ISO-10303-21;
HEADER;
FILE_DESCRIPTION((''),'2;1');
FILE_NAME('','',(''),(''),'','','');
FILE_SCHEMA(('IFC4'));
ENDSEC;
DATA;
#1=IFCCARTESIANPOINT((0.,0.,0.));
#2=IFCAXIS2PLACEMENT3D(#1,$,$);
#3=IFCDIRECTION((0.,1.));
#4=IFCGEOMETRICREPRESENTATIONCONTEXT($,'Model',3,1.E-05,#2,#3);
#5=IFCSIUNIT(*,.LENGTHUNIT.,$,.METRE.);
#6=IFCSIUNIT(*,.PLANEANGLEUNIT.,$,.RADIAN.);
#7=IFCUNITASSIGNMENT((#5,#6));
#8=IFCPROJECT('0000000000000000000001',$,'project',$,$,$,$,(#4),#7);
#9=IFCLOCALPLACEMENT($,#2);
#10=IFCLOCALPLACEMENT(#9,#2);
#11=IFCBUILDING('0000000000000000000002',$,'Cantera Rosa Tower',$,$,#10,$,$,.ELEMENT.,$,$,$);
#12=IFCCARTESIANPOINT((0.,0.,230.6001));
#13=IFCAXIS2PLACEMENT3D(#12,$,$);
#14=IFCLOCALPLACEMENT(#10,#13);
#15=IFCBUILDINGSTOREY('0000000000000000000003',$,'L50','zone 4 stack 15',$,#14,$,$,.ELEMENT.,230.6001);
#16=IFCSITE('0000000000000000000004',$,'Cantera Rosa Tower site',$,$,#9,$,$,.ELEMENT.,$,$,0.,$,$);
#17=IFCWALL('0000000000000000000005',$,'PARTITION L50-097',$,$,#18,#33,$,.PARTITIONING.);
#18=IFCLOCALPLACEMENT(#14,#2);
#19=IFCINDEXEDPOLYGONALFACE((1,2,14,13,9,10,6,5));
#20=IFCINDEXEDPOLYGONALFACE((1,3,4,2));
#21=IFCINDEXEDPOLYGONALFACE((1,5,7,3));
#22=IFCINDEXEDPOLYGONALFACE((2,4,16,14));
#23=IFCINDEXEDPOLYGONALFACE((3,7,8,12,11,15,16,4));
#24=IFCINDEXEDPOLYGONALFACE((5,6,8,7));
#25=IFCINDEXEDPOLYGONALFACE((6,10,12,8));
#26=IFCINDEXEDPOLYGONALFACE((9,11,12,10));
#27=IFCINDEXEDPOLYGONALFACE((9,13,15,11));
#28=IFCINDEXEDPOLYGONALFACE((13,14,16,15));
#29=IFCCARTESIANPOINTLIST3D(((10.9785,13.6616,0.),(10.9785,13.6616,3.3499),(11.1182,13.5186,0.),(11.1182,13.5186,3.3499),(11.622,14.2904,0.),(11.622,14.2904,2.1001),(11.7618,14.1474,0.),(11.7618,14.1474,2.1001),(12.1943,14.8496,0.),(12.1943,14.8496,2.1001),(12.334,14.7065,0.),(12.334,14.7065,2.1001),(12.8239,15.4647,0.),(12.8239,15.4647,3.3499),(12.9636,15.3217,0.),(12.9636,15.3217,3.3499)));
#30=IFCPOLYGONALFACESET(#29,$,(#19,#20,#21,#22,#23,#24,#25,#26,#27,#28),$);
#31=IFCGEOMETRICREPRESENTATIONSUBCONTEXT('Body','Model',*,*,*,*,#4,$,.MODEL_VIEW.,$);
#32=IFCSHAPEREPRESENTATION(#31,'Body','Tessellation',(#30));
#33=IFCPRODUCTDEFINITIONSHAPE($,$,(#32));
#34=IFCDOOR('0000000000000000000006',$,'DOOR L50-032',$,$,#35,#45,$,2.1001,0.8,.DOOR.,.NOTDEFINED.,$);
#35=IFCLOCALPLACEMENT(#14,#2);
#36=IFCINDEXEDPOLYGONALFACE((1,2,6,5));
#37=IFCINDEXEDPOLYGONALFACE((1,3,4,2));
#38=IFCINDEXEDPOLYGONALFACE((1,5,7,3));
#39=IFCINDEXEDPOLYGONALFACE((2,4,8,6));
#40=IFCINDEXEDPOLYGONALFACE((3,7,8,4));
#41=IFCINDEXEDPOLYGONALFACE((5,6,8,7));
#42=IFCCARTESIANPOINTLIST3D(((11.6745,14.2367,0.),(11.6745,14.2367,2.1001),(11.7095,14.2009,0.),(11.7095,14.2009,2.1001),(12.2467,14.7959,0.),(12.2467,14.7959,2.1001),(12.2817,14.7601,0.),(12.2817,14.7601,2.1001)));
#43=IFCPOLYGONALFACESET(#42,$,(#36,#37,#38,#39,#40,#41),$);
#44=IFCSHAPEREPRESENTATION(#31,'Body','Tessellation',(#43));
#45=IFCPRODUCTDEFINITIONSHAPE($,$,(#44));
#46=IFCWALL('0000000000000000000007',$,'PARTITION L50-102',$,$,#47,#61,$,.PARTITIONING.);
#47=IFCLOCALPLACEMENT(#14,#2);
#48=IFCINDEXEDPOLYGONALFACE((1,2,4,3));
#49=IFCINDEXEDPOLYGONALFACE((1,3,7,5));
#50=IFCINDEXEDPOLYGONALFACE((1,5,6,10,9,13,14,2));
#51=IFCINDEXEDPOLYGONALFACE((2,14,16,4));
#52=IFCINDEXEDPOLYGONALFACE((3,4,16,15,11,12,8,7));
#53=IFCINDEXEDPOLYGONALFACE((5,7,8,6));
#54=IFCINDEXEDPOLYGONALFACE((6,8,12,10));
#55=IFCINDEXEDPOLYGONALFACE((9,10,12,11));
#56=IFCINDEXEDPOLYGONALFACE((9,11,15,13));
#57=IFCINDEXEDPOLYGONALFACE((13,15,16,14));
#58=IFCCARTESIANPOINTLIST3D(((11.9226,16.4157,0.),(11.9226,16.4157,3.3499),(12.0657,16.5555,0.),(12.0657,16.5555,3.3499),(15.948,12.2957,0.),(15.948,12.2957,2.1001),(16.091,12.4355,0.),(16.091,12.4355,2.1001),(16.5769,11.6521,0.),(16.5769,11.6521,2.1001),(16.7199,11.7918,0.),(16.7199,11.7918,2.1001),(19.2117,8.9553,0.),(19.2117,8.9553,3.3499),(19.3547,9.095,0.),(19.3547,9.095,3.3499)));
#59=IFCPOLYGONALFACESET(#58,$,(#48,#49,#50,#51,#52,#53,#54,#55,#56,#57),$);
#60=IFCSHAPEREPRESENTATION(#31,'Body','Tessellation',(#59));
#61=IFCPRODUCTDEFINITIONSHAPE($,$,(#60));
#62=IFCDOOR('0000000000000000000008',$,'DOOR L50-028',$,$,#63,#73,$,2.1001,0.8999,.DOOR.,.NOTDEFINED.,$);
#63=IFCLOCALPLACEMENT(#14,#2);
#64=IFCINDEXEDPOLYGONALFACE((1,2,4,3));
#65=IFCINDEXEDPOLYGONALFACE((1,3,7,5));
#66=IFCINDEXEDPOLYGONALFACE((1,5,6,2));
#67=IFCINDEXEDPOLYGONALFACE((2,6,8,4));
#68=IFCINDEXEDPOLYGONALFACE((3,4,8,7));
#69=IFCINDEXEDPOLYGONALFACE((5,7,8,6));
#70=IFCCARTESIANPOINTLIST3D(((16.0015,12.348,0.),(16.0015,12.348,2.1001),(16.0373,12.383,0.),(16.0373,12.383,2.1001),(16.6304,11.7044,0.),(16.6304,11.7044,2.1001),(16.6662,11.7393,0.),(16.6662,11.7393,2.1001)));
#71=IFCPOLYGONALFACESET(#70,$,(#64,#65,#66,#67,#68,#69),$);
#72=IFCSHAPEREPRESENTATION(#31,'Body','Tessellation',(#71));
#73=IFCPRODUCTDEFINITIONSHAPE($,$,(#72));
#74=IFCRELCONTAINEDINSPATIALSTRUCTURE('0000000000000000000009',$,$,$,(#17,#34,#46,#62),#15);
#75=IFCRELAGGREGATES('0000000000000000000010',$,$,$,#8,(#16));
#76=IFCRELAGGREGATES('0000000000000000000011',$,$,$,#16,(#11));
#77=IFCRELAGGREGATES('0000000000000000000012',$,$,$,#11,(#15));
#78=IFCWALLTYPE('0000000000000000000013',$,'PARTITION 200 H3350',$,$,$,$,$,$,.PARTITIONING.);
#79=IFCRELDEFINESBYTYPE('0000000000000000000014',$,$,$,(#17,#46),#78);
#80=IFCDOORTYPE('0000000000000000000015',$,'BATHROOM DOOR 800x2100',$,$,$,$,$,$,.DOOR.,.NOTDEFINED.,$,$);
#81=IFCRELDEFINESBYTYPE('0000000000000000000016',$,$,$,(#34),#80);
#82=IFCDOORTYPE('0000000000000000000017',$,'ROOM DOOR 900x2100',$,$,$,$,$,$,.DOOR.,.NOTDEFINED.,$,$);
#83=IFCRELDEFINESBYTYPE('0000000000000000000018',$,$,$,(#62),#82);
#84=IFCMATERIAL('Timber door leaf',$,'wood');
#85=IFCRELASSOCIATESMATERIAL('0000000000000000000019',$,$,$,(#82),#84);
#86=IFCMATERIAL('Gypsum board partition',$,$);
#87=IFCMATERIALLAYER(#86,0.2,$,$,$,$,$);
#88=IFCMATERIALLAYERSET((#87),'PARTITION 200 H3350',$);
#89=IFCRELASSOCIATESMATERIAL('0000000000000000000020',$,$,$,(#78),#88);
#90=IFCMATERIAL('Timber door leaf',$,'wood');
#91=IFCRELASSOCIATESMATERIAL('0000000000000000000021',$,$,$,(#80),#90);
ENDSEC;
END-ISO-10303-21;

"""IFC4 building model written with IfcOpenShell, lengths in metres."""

from ifc_helpers import new_model, si_unit, direction, frame, frame_2d, origin, place, context, subcontext, project, spatial, rectangle, extrude, material, layer, layer_set, type_object, element, fill, save


model = new_model("IFC4")

# Units and contexts
model_context = context("Model", 3, precision=1e-05, world=origin(), true_north=direction((0.0, 1.0)))
body_context = subcontext(model_context, "Body", "Model", "MODEL_VIEW")
ifc_project = project(units=[si_unit("LENGTHUNIT", "METRE"), si_unit("PLANEANGLEUNIT", "RADIAN")], contexts=[model_context])

# Site, building, storey
site_placement = place(None, origin())
site = spatial("IfcSite", under=ifc_project, at=site_placement, Name="Cantera Rosa Tower site", CompositionType="ELEMENT", RefElevation=0.0)
building_placement = place(site_placement, origin())
building = spatial("IfcBuilding", under=site, at=building_placement, Name="Cantera Rosa Tower", CompositionType="ELEMENT")
storey_placement = place(building_placement, frame((0.0, 0.0, 230.6001)))
storey = spatial("IfcBuildingStorey", under=building, at=storey_placement, Name="L50", Description="zone 4 stack 15", CompositionType="ELEMENT", Elevation=230.6001)

# Shared definitions
ifc_material_1 = material(Name="Timber door leaf", Category="wood")
door_type_1 = type_object("IfcDoorType", Name="ROOM DOOR 900x2100", OperationType="NOTDEFINED", PredefinedType="DOOR", material=ifc_material_1)

# Shared definitions
ifc_material_2 = material(Name="Gypsum board partition")
ifc_layer_1 = layer(ifc_material_2, 0.2)
ifc_layer_set_1 = layer_set([ifc_layer_1], Name="PARTITION 200 H3350")
wall_type_1 = type_object("IfcWallType", Name="PARTITION 200 H3350", PredefinedType="PARTITIONING", material=ifc_layer_set_1)

# Walls, openings, doors
wall_1_placement = place(storey_placement, frame((11.0483, 13.5901, 0.0), z_axis=(0.0, 0.0, 1.0), x_axis=(0.715244, 0.698875, 0.0)))
wall_1 = element("IfcWall", 1, at=wall_1_placement, inside=storey, type_object=wall_type_1, Name="PARTITION L50-097", PredefinedType="PARTITIONING", context=body_context, shape_type="SweptSolid", body=[
    extrude(rectangle(XDim=2.5801, YDim=0.2, at=frame_2d((1.29, 0.0))), origin(), (0.0, 0.0, 1.0), 3.3499),
])
opening_1_placement = place(wall_1_placement, frame((0.8999, 0.0, 0.0)))
opening_1 = element("IfcOpeningElement", 2, at=opening_1_placement, cuts=wall_1, PredefinedType="OPENING", context=body_context, shape_type="SweptSolid", body=[
    extrude(rectangle(XDim=0.8, YDim=2.1001, at=frame_2d((0.3999, 1.05))), frame((0.0, 0.1099, 0.0), z_axis=(0.0, -1.0, 0.0), x_axis=(1.0, 0.0, 0.0)), (0.0, 0.0, 1.0), 0.22),
])
ifc_material_3 = material(Name="Timber door leaf", Category="wood")
door_type_2 = type_object("IfcDoorType", Name="BATHROOM DOOR 800x2100", OperationType="NOTDEFINED", PredefinedType="DOOR", material=ifc_material_3)
door_1_placement = place(opening_1_placement, origin())
door_1 = element("IfcDoor", 3, at=door_1_placement, inside=storey, type_object=door_type_2, Name="DOOR L50-032", OperationType="NOTDEFINED", OverallHeight=2.1001, OverallWidth=0.8, PredefinedType="DOOR", context=body_context, shape_type="SweptSolid", body=[
    extrude(rectangle(XDim=0.8, YDim=2.1001, at=frame_2d((0.3999, 1.05))), frame((0.0, 0.0249, 0.0), z_axis=(0.0, -1.0, 0.0), x_axis=(1.0, 0.0, 0.0)), (0.0, 0.0, 1.0), 0.05),
])
fill(opening_1, door_1)
wall_2_placement = place(storey_placement, frame((11.9941, 16.4856, 0.0), z_axis=(0.0, 0.0, 1.0), x_axis=(0.698843, -0.715275, 0.0)))
wall_2 = element("IfcWall", 4, at=wall_2_placement, inside=storey, type_object=wall_type_1, Name="PARTITION L50-102", PredefinedType="PARTITIONING", context=body_context, shape_type="SweptSolid", body=[
    extrude(rectangle(XDim=10.4302, YDim=0.2, at=frame_2d((5.2151, 0.0))), origin(), (0.0, 0.0, 1.0), 3.3499),
])
opening_2_placement = place(wall_2_placement, frame((5.76, 0.0, 0.0)))
opening_2 = element("IfcOpeningElement", 5, at=opening_2_placement, cuts=wall_2, PredefinedType="OPENING", context=body_context, shape_type="SweptSolid", body=[
    extrude(rectangle(XDim=0.8999, YDim=2.1001, at=frame_2d((0.45, 1.05))), frame((0.0, 0.1099, 0.0), z_axis=(0.0, -1.0, 0.0), x_axis=(1.0, 0.0, 0.0)), (0.0, 0.0, 1.0), 0.22),
])
door_2_placement = place(opening_2_placement, origin())
door_2 = element("IfcDoor", 6, at=door_2_placement, inside=storey, type_object=door_type_1, Name="DOOR L50-028", OperationType="NOTDEFINED", OverallHeight=2.1001, OverallWidth=0.8999, PredefinedType="DOOR", context=body_context, shape_type="SweptSolid", body=[
    extrude(rectangle(XDim=0.8999, YDim=2.1001, at=frame_2d((0.45, 1.05))), frame((0.0, 0.0249, 0.0), z_axis=(0.0, -1.0, 0.0), x_axis=(1.0, 0.0, 0.0)), (0.0, 0.0, 1.0), 0.05),
])
fill(opening_2, door_2)

save(model, "model.ifc")
